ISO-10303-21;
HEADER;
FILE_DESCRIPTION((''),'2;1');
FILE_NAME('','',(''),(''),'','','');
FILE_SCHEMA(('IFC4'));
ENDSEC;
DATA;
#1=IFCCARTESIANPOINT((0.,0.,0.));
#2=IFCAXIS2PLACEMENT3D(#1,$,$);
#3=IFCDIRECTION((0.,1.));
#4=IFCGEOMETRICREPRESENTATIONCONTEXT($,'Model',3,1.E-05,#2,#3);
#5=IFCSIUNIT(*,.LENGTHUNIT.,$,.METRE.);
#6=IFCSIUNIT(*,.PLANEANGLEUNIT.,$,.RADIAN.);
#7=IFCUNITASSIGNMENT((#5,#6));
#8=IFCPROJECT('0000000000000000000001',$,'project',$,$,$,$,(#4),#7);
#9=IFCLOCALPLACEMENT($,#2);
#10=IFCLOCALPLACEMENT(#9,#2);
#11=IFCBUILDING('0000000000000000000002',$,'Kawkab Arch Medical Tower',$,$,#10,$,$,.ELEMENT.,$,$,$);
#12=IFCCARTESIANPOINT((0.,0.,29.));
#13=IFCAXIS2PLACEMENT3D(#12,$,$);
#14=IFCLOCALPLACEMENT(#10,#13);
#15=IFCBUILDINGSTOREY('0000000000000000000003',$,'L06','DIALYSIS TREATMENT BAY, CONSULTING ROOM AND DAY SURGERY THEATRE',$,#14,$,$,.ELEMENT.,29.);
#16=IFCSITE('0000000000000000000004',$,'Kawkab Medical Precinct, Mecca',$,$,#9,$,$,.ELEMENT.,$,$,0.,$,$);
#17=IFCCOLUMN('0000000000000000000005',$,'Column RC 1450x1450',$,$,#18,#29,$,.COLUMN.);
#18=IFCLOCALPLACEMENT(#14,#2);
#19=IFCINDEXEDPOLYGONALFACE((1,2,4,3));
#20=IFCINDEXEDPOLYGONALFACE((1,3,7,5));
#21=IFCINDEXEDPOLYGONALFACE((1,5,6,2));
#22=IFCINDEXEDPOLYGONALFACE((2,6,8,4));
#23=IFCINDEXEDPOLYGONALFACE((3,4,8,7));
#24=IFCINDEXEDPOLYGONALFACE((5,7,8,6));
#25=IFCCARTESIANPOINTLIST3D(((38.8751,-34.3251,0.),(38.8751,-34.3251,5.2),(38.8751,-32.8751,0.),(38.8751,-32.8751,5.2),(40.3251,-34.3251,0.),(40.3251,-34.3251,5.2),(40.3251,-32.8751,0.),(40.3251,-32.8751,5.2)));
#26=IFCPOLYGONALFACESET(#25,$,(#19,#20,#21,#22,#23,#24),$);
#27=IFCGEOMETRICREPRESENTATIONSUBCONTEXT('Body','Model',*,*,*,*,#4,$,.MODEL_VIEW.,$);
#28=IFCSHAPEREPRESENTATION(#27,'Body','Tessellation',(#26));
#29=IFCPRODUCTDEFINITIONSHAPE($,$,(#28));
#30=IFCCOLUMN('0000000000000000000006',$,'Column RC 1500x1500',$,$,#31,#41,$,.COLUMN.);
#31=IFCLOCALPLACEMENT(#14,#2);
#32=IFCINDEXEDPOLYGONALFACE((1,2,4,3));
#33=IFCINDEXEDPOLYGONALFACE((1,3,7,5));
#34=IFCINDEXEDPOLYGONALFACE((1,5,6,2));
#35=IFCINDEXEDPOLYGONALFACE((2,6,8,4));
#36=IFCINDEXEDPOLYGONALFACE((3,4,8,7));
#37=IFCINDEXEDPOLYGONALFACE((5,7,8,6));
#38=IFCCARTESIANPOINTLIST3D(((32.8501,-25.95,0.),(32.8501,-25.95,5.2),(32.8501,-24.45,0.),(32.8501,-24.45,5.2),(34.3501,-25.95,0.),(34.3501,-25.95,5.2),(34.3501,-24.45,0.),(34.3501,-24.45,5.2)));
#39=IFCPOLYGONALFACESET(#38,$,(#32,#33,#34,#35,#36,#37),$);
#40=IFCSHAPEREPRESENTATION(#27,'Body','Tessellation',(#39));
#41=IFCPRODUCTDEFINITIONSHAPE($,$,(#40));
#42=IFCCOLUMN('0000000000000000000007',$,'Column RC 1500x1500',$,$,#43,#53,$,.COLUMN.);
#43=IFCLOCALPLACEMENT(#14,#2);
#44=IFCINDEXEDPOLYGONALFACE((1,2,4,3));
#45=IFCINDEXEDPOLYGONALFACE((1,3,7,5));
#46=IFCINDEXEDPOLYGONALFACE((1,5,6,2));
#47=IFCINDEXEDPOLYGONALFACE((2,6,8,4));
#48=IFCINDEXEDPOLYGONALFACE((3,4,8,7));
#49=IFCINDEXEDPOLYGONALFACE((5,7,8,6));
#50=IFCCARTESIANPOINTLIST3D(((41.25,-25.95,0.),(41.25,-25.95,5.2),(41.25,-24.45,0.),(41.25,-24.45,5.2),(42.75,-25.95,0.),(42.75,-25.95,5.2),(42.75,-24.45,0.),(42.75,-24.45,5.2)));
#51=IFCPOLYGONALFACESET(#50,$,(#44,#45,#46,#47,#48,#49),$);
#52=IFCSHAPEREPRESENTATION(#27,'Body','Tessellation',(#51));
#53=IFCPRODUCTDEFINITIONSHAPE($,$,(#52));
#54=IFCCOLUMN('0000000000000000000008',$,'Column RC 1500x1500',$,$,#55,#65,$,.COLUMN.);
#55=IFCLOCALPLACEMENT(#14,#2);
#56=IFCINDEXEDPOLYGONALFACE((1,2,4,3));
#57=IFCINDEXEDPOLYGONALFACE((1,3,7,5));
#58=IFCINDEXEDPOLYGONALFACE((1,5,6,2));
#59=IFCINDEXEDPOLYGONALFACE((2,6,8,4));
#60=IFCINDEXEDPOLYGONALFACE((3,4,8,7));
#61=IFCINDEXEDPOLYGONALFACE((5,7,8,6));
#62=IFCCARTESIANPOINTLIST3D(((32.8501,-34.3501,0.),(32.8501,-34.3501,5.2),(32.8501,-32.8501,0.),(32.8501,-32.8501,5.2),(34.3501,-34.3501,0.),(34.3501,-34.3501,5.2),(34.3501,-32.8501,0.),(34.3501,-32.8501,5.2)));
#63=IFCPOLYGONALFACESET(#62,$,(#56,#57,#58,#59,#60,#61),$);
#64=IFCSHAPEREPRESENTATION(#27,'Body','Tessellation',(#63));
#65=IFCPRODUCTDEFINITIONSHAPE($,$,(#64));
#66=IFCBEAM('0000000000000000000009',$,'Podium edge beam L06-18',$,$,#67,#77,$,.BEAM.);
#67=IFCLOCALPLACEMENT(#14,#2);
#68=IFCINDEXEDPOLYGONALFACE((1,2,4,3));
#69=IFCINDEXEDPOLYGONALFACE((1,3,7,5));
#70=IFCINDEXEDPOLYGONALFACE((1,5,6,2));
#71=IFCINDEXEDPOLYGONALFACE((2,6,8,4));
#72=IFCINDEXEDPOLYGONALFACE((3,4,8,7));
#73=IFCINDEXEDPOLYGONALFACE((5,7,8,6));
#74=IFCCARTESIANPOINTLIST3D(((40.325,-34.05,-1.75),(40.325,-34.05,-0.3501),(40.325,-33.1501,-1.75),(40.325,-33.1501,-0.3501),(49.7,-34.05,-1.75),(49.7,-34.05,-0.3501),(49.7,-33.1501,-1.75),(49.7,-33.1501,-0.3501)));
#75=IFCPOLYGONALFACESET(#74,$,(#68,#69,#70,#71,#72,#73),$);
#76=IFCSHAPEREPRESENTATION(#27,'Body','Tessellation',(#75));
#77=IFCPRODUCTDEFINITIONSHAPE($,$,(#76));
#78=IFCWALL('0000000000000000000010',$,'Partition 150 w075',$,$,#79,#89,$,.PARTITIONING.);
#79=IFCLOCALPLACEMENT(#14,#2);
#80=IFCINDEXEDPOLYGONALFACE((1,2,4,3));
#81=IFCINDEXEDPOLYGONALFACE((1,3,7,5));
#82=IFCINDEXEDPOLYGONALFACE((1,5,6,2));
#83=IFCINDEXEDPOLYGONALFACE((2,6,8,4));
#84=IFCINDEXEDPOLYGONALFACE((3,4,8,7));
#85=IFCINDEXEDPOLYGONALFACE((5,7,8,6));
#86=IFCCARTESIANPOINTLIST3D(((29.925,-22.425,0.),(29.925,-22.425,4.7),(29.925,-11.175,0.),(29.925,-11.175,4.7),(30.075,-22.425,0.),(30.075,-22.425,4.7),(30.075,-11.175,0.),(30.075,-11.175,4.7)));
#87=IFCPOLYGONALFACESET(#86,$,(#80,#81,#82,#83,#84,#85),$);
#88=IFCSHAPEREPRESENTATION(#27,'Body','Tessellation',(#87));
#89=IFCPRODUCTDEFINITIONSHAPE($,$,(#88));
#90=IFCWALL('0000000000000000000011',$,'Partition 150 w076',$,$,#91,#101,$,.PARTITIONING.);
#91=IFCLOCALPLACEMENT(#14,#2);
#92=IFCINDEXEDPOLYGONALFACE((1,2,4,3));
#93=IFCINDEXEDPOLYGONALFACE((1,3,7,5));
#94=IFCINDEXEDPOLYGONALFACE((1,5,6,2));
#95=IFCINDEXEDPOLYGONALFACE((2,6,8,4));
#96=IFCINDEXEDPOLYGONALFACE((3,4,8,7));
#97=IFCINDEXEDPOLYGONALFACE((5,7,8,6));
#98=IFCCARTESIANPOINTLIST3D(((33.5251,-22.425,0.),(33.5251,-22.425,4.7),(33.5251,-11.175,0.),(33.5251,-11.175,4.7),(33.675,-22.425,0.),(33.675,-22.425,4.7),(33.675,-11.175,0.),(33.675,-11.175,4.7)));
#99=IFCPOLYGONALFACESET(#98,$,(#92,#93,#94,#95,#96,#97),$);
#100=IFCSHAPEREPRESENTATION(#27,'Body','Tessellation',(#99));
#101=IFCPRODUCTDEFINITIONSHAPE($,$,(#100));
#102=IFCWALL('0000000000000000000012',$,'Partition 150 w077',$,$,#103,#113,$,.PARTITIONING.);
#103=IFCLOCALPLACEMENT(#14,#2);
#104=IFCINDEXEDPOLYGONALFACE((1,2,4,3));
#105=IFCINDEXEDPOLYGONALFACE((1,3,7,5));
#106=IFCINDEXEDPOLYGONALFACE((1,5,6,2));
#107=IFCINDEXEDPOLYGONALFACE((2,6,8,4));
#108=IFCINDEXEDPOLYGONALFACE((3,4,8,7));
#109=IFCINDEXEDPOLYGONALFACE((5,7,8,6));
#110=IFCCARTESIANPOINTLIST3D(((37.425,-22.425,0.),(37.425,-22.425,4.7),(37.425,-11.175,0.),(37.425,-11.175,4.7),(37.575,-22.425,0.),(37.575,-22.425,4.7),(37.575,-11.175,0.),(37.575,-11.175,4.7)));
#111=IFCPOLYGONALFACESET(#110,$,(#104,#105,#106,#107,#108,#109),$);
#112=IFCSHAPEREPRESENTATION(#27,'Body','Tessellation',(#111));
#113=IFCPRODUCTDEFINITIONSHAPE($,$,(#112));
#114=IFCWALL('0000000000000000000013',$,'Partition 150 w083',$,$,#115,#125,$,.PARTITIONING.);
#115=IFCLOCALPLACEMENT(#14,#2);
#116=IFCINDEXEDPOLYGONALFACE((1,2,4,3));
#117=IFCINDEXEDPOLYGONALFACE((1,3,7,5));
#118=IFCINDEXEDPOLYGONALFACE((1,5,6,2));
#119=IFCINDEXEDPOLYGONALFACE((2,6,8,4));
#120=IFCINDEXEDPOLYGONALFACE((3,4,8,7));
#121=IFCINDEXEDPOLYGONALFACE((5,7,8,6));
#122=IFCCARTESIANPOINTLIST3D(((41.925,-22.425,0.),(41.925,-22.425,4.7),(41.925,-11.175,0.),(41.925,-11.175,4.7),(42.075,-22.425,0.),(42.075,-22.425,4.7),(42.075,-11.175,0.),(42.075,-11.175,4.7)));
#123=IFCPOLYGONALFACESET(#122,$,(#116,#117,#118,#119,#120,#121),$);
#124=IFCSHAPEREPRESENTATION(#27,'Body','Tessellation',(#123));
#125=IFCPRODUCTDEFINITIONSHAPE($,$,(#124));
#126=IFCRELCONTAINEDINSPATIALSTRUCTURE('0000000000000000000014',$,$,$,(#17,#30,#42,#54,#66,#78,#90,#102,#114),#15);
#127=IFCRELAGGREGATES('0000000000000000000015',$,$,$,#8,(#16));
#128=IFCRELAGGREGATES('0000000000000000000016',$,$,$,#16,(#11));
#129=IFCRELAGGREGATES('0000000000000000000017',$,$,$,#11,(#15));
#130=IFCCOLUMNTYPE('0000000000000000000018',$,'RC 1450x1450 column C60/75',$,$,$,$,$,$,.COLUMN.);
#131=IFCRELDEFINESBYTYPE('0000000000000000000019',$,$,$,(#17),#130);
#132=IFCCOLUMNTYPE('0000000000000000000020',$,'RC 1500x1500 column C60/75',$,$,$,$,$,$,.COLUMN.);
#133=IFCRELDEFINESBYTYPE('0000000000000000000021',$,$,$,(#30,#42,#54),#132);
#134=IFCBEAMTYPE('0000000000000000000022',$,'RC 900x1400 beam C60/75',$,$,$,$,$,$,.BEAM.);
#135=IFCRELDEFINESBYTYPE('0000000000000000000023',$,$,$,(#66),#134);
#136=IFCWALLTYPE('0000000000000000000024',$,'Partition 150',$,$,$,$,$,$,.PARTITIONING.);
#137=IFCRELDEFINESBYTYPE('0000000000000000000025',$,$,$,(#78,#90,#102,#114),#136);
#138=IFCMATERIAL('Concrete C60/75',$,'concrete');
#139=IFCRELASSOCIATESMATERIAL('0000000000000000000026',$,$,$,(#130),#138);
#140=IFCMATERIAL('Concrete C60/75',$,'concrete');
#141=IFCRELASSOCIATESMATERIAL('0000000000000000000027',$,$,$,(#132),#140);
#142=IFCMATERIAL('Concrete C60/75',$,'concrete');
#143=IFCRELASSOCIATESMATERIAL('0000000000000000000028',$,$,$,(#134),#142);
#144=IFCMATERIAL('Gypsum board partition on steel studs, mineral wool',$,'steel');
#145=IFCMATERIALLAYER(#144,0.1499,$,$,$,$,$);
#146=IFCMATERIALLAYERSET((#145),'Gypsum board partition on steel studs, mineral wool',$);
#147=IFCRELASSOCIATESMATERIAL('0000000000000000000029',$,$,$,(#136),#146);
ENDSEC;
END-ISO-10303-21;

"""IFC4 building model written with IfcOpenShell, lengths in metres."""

from ifc_helpers import new_model, si_unit, direction, frame, frame_2d, origin, origin_2d, place, context, subcontext, project, spatial, rectangle, extrude, material, layer, layer_set, material_profile, profile_set, type_object, element, save


model = new_model("IFC4")

# Units and contexts
model_context = context("Model", 3, precision=1e-05, world=origin(), true_north=direction((0.0, 1.0)))
body_context = subcontext(model_context, "Body", "Model", "MODEL_VIEW")
ifc_project = project(units=[si_unit("LENGTHUNIT", "METRE"), si_unit("PLANEANGLEUNIT", "RADIAN")], contexts=[model_context])

# Site, building, storey
site_placement = place(None, origin())
site = spatial("IfcSite", under=ifc_project, at=site_placement, Name="Kawkab Medical Precinct, Mecca", CompositionType="ELEMENT", RefElevation=0.0)
building_placement = place(site_placement, origin())
building = spatial("IfcBuilding", under=site, at=building_placement, Name="Kawkab Arch Medical Tower", CompositionType="ELEMENT")
storey_placement = place(building_placement, frame((0.0, 0.0, 29.0)))
storey = spatial("IfcBuildingStorey", under=building, at=storey_placement, Name="L06", Description="DIALYSIS TREATMENT BAY, CONSULTING ROOM AND DAY SURGERY THEATRE", CompositionType="ELEMENT", Elevation=29.0)

# Columns
ifc_material_1 = material(Name="Concrete C60/75", Category="concrete")
ifc_material_profile_1 = material_profile(ifc_material_1, rectangle(XDim=1.45, YDim=1.45, at=origin_2d()), Name="RC 1450x1450")
ifc_profile_set_1 = profile_set([ifc_material_profile_1], Name="Concrete C60/75")
column_type_1 = type_object("IfcColumnType", Name="RC 1450x1450 column C60/75", PredefinedType="COLUMN", material=ifc_profile_set_1)
column_placement = place(storey_placement, frame((39.6001, -33.6001, 0.0), z_axis=(0.0, 0.0, 1.0), x_axis=(1.0, 0.0, 0.0)))
element("IfcColumn", 1, at=column_placement, inside=storey, type_object=column_type_1, Name="Column RC 1450x1450", PredefinedType="COLUMN", context=body_context, shape_type="SweptSolid", body=[
    extrude(rectangle(XDim=1.45, YDim=1.45, at=origin_2d()), origin(), (0.0, 0.0, 1.0), 5.2),
])
ifc_material_2 = material(Name="Concrete C60/75", Category="concrete")
ifc_material_profile_2 = material_profile(ifc_material_2, rectangle(XDim=1.5, YDim=1.5, at=origin_2d()), Name="RC 1500x1500")
ifc_profile_set_2 = profile_set([ifc_material_profile_2], Name="Concrete C60/75")
column_type_2 = type_object("IfcColumnType", Name="RC 1500x1500 column C60/75", PredefinedType="COLUMN", material=ifc_profile_set_2)
for number, where, z_axis, x_axis, name in (
    (2, (33.6001, -25.2, 0.0), (0.0, 0.0, 1.0), (1.0, 0.0, 0.0), "Column RC 1500x1500"),
    (3, (42.0, -25.2, 0.0), (0.0, 0.0, 1.0), (1.0, 0.0, 0.0), "Column RC 1500x1500"),
    (4, (33.6001, -33.6001, 0.0), (0.0, 0.0, 1.0), (1.0, 0.0, 0.0), "Column RC 1500x1500"),
):
    element("IfcColumn", number, at=place(storey_placement, frame(where, z_axis=z_axis, x_axis=x_axis)), inside=storey, type_object=column_type_2, Name=name, PredefinedType="COLUMN", context=body_context, shape_type="SweptSolid", body=[
        extrude(rectangle(XDim=1.5, YDim=1.5, at=origin_2d()), origin(), (0.0, 0.0, 1.0), 5.2),
    ])

# Beam
ifc_material_3 = material(Name="Concrete C60/75", Category="concrete")
ifc_material_profile_3 = material_profile(ifc_material_3, rectangle(XDim=0.8999, YDim=1.3999, at=origin_2d()), Name="RC 900x1400")
ifc_profile_set_3 = profile_set([ifc_material_profile_3], Name="Concrete C60/75")
beam_type = type_object("IfcBeamType", Name="RC 900x1400 beam C60/75", PredefinedType="BEAM", material=ifc_profile_set_3)
beam_placement = place(storey_placement, frame((40.325, -33.6001, -1.05), z_axis=(1.0, 0.0, 0.0), x_axis=(0.0, 1.0, 0.0)))
element("IfcBeam", 5, at=beam_placement, inside=storey, type_object=beam_type, Name="Podium edge beam L06-18", PredefinedType="BEAM", context=body_context, shape_type="SweptSolid", body=[
    extrude(rectangle(XDim=0.8999, YDim=1.3999, at=origin_2d()), origin(), (0.0, 0.0, 1.0), 9.375),
])

# Shared definitions
ifc_material_4 = material(Name="Gypsum board partition on steel studs, mineral wool", Category="steel")
ifc_layer = layer(ifc_material_4, 0.1499)
ifc_layer_set = layer_set([ifc_layer], Name="Gypsum board partition on steel studs, mineral wool")
wall_type = type_object("IfcWallType", Name="Partition 150", PredefinedType="PARTITIONING", material=ifc_layer_set)

# Walls
for number, where, z_axis, x_axis, name in (
    (6, (30.0, -22.425, 0.0), (0.0, 0.0, 1.0), (0.0, 1.0, 0.0), "Partition 150 w075"),
    (7, (33.6001, -22.425, 0.0), (0.0, 0.0, 1.0), (0.0, 1.0, 0.0), "Partition 150 w076"),
    (8, (37.5, -22.425, 0.0), (0.0, 0.0, 1.0), (0.0, 1.0, 0.0), "Partition 150 w077"),
    (9, (42.0, -22.425, 0.0), (0.0, 0.0, 1.0), (0.0, 1.0, 0.0), "Partition 150 w083"),
):
    element("IfcWall", number, at=place(storey_placement, frame(where, z_axis=z_axis, x_axis=x_axis)), inside=storey, type_object=wall_type, Name=name, PredefinedType="PARTITIONING", context=body_context, shape_type="SweptSolid", body=[
        extrude(rectangle(XDim=11.25, YDim=0.1499, at=frame_2d((5.625, 0.0))), origin(), (0.0, 0.0, 1.0), 4.7),
    ])

save(model, "model.ifc")
